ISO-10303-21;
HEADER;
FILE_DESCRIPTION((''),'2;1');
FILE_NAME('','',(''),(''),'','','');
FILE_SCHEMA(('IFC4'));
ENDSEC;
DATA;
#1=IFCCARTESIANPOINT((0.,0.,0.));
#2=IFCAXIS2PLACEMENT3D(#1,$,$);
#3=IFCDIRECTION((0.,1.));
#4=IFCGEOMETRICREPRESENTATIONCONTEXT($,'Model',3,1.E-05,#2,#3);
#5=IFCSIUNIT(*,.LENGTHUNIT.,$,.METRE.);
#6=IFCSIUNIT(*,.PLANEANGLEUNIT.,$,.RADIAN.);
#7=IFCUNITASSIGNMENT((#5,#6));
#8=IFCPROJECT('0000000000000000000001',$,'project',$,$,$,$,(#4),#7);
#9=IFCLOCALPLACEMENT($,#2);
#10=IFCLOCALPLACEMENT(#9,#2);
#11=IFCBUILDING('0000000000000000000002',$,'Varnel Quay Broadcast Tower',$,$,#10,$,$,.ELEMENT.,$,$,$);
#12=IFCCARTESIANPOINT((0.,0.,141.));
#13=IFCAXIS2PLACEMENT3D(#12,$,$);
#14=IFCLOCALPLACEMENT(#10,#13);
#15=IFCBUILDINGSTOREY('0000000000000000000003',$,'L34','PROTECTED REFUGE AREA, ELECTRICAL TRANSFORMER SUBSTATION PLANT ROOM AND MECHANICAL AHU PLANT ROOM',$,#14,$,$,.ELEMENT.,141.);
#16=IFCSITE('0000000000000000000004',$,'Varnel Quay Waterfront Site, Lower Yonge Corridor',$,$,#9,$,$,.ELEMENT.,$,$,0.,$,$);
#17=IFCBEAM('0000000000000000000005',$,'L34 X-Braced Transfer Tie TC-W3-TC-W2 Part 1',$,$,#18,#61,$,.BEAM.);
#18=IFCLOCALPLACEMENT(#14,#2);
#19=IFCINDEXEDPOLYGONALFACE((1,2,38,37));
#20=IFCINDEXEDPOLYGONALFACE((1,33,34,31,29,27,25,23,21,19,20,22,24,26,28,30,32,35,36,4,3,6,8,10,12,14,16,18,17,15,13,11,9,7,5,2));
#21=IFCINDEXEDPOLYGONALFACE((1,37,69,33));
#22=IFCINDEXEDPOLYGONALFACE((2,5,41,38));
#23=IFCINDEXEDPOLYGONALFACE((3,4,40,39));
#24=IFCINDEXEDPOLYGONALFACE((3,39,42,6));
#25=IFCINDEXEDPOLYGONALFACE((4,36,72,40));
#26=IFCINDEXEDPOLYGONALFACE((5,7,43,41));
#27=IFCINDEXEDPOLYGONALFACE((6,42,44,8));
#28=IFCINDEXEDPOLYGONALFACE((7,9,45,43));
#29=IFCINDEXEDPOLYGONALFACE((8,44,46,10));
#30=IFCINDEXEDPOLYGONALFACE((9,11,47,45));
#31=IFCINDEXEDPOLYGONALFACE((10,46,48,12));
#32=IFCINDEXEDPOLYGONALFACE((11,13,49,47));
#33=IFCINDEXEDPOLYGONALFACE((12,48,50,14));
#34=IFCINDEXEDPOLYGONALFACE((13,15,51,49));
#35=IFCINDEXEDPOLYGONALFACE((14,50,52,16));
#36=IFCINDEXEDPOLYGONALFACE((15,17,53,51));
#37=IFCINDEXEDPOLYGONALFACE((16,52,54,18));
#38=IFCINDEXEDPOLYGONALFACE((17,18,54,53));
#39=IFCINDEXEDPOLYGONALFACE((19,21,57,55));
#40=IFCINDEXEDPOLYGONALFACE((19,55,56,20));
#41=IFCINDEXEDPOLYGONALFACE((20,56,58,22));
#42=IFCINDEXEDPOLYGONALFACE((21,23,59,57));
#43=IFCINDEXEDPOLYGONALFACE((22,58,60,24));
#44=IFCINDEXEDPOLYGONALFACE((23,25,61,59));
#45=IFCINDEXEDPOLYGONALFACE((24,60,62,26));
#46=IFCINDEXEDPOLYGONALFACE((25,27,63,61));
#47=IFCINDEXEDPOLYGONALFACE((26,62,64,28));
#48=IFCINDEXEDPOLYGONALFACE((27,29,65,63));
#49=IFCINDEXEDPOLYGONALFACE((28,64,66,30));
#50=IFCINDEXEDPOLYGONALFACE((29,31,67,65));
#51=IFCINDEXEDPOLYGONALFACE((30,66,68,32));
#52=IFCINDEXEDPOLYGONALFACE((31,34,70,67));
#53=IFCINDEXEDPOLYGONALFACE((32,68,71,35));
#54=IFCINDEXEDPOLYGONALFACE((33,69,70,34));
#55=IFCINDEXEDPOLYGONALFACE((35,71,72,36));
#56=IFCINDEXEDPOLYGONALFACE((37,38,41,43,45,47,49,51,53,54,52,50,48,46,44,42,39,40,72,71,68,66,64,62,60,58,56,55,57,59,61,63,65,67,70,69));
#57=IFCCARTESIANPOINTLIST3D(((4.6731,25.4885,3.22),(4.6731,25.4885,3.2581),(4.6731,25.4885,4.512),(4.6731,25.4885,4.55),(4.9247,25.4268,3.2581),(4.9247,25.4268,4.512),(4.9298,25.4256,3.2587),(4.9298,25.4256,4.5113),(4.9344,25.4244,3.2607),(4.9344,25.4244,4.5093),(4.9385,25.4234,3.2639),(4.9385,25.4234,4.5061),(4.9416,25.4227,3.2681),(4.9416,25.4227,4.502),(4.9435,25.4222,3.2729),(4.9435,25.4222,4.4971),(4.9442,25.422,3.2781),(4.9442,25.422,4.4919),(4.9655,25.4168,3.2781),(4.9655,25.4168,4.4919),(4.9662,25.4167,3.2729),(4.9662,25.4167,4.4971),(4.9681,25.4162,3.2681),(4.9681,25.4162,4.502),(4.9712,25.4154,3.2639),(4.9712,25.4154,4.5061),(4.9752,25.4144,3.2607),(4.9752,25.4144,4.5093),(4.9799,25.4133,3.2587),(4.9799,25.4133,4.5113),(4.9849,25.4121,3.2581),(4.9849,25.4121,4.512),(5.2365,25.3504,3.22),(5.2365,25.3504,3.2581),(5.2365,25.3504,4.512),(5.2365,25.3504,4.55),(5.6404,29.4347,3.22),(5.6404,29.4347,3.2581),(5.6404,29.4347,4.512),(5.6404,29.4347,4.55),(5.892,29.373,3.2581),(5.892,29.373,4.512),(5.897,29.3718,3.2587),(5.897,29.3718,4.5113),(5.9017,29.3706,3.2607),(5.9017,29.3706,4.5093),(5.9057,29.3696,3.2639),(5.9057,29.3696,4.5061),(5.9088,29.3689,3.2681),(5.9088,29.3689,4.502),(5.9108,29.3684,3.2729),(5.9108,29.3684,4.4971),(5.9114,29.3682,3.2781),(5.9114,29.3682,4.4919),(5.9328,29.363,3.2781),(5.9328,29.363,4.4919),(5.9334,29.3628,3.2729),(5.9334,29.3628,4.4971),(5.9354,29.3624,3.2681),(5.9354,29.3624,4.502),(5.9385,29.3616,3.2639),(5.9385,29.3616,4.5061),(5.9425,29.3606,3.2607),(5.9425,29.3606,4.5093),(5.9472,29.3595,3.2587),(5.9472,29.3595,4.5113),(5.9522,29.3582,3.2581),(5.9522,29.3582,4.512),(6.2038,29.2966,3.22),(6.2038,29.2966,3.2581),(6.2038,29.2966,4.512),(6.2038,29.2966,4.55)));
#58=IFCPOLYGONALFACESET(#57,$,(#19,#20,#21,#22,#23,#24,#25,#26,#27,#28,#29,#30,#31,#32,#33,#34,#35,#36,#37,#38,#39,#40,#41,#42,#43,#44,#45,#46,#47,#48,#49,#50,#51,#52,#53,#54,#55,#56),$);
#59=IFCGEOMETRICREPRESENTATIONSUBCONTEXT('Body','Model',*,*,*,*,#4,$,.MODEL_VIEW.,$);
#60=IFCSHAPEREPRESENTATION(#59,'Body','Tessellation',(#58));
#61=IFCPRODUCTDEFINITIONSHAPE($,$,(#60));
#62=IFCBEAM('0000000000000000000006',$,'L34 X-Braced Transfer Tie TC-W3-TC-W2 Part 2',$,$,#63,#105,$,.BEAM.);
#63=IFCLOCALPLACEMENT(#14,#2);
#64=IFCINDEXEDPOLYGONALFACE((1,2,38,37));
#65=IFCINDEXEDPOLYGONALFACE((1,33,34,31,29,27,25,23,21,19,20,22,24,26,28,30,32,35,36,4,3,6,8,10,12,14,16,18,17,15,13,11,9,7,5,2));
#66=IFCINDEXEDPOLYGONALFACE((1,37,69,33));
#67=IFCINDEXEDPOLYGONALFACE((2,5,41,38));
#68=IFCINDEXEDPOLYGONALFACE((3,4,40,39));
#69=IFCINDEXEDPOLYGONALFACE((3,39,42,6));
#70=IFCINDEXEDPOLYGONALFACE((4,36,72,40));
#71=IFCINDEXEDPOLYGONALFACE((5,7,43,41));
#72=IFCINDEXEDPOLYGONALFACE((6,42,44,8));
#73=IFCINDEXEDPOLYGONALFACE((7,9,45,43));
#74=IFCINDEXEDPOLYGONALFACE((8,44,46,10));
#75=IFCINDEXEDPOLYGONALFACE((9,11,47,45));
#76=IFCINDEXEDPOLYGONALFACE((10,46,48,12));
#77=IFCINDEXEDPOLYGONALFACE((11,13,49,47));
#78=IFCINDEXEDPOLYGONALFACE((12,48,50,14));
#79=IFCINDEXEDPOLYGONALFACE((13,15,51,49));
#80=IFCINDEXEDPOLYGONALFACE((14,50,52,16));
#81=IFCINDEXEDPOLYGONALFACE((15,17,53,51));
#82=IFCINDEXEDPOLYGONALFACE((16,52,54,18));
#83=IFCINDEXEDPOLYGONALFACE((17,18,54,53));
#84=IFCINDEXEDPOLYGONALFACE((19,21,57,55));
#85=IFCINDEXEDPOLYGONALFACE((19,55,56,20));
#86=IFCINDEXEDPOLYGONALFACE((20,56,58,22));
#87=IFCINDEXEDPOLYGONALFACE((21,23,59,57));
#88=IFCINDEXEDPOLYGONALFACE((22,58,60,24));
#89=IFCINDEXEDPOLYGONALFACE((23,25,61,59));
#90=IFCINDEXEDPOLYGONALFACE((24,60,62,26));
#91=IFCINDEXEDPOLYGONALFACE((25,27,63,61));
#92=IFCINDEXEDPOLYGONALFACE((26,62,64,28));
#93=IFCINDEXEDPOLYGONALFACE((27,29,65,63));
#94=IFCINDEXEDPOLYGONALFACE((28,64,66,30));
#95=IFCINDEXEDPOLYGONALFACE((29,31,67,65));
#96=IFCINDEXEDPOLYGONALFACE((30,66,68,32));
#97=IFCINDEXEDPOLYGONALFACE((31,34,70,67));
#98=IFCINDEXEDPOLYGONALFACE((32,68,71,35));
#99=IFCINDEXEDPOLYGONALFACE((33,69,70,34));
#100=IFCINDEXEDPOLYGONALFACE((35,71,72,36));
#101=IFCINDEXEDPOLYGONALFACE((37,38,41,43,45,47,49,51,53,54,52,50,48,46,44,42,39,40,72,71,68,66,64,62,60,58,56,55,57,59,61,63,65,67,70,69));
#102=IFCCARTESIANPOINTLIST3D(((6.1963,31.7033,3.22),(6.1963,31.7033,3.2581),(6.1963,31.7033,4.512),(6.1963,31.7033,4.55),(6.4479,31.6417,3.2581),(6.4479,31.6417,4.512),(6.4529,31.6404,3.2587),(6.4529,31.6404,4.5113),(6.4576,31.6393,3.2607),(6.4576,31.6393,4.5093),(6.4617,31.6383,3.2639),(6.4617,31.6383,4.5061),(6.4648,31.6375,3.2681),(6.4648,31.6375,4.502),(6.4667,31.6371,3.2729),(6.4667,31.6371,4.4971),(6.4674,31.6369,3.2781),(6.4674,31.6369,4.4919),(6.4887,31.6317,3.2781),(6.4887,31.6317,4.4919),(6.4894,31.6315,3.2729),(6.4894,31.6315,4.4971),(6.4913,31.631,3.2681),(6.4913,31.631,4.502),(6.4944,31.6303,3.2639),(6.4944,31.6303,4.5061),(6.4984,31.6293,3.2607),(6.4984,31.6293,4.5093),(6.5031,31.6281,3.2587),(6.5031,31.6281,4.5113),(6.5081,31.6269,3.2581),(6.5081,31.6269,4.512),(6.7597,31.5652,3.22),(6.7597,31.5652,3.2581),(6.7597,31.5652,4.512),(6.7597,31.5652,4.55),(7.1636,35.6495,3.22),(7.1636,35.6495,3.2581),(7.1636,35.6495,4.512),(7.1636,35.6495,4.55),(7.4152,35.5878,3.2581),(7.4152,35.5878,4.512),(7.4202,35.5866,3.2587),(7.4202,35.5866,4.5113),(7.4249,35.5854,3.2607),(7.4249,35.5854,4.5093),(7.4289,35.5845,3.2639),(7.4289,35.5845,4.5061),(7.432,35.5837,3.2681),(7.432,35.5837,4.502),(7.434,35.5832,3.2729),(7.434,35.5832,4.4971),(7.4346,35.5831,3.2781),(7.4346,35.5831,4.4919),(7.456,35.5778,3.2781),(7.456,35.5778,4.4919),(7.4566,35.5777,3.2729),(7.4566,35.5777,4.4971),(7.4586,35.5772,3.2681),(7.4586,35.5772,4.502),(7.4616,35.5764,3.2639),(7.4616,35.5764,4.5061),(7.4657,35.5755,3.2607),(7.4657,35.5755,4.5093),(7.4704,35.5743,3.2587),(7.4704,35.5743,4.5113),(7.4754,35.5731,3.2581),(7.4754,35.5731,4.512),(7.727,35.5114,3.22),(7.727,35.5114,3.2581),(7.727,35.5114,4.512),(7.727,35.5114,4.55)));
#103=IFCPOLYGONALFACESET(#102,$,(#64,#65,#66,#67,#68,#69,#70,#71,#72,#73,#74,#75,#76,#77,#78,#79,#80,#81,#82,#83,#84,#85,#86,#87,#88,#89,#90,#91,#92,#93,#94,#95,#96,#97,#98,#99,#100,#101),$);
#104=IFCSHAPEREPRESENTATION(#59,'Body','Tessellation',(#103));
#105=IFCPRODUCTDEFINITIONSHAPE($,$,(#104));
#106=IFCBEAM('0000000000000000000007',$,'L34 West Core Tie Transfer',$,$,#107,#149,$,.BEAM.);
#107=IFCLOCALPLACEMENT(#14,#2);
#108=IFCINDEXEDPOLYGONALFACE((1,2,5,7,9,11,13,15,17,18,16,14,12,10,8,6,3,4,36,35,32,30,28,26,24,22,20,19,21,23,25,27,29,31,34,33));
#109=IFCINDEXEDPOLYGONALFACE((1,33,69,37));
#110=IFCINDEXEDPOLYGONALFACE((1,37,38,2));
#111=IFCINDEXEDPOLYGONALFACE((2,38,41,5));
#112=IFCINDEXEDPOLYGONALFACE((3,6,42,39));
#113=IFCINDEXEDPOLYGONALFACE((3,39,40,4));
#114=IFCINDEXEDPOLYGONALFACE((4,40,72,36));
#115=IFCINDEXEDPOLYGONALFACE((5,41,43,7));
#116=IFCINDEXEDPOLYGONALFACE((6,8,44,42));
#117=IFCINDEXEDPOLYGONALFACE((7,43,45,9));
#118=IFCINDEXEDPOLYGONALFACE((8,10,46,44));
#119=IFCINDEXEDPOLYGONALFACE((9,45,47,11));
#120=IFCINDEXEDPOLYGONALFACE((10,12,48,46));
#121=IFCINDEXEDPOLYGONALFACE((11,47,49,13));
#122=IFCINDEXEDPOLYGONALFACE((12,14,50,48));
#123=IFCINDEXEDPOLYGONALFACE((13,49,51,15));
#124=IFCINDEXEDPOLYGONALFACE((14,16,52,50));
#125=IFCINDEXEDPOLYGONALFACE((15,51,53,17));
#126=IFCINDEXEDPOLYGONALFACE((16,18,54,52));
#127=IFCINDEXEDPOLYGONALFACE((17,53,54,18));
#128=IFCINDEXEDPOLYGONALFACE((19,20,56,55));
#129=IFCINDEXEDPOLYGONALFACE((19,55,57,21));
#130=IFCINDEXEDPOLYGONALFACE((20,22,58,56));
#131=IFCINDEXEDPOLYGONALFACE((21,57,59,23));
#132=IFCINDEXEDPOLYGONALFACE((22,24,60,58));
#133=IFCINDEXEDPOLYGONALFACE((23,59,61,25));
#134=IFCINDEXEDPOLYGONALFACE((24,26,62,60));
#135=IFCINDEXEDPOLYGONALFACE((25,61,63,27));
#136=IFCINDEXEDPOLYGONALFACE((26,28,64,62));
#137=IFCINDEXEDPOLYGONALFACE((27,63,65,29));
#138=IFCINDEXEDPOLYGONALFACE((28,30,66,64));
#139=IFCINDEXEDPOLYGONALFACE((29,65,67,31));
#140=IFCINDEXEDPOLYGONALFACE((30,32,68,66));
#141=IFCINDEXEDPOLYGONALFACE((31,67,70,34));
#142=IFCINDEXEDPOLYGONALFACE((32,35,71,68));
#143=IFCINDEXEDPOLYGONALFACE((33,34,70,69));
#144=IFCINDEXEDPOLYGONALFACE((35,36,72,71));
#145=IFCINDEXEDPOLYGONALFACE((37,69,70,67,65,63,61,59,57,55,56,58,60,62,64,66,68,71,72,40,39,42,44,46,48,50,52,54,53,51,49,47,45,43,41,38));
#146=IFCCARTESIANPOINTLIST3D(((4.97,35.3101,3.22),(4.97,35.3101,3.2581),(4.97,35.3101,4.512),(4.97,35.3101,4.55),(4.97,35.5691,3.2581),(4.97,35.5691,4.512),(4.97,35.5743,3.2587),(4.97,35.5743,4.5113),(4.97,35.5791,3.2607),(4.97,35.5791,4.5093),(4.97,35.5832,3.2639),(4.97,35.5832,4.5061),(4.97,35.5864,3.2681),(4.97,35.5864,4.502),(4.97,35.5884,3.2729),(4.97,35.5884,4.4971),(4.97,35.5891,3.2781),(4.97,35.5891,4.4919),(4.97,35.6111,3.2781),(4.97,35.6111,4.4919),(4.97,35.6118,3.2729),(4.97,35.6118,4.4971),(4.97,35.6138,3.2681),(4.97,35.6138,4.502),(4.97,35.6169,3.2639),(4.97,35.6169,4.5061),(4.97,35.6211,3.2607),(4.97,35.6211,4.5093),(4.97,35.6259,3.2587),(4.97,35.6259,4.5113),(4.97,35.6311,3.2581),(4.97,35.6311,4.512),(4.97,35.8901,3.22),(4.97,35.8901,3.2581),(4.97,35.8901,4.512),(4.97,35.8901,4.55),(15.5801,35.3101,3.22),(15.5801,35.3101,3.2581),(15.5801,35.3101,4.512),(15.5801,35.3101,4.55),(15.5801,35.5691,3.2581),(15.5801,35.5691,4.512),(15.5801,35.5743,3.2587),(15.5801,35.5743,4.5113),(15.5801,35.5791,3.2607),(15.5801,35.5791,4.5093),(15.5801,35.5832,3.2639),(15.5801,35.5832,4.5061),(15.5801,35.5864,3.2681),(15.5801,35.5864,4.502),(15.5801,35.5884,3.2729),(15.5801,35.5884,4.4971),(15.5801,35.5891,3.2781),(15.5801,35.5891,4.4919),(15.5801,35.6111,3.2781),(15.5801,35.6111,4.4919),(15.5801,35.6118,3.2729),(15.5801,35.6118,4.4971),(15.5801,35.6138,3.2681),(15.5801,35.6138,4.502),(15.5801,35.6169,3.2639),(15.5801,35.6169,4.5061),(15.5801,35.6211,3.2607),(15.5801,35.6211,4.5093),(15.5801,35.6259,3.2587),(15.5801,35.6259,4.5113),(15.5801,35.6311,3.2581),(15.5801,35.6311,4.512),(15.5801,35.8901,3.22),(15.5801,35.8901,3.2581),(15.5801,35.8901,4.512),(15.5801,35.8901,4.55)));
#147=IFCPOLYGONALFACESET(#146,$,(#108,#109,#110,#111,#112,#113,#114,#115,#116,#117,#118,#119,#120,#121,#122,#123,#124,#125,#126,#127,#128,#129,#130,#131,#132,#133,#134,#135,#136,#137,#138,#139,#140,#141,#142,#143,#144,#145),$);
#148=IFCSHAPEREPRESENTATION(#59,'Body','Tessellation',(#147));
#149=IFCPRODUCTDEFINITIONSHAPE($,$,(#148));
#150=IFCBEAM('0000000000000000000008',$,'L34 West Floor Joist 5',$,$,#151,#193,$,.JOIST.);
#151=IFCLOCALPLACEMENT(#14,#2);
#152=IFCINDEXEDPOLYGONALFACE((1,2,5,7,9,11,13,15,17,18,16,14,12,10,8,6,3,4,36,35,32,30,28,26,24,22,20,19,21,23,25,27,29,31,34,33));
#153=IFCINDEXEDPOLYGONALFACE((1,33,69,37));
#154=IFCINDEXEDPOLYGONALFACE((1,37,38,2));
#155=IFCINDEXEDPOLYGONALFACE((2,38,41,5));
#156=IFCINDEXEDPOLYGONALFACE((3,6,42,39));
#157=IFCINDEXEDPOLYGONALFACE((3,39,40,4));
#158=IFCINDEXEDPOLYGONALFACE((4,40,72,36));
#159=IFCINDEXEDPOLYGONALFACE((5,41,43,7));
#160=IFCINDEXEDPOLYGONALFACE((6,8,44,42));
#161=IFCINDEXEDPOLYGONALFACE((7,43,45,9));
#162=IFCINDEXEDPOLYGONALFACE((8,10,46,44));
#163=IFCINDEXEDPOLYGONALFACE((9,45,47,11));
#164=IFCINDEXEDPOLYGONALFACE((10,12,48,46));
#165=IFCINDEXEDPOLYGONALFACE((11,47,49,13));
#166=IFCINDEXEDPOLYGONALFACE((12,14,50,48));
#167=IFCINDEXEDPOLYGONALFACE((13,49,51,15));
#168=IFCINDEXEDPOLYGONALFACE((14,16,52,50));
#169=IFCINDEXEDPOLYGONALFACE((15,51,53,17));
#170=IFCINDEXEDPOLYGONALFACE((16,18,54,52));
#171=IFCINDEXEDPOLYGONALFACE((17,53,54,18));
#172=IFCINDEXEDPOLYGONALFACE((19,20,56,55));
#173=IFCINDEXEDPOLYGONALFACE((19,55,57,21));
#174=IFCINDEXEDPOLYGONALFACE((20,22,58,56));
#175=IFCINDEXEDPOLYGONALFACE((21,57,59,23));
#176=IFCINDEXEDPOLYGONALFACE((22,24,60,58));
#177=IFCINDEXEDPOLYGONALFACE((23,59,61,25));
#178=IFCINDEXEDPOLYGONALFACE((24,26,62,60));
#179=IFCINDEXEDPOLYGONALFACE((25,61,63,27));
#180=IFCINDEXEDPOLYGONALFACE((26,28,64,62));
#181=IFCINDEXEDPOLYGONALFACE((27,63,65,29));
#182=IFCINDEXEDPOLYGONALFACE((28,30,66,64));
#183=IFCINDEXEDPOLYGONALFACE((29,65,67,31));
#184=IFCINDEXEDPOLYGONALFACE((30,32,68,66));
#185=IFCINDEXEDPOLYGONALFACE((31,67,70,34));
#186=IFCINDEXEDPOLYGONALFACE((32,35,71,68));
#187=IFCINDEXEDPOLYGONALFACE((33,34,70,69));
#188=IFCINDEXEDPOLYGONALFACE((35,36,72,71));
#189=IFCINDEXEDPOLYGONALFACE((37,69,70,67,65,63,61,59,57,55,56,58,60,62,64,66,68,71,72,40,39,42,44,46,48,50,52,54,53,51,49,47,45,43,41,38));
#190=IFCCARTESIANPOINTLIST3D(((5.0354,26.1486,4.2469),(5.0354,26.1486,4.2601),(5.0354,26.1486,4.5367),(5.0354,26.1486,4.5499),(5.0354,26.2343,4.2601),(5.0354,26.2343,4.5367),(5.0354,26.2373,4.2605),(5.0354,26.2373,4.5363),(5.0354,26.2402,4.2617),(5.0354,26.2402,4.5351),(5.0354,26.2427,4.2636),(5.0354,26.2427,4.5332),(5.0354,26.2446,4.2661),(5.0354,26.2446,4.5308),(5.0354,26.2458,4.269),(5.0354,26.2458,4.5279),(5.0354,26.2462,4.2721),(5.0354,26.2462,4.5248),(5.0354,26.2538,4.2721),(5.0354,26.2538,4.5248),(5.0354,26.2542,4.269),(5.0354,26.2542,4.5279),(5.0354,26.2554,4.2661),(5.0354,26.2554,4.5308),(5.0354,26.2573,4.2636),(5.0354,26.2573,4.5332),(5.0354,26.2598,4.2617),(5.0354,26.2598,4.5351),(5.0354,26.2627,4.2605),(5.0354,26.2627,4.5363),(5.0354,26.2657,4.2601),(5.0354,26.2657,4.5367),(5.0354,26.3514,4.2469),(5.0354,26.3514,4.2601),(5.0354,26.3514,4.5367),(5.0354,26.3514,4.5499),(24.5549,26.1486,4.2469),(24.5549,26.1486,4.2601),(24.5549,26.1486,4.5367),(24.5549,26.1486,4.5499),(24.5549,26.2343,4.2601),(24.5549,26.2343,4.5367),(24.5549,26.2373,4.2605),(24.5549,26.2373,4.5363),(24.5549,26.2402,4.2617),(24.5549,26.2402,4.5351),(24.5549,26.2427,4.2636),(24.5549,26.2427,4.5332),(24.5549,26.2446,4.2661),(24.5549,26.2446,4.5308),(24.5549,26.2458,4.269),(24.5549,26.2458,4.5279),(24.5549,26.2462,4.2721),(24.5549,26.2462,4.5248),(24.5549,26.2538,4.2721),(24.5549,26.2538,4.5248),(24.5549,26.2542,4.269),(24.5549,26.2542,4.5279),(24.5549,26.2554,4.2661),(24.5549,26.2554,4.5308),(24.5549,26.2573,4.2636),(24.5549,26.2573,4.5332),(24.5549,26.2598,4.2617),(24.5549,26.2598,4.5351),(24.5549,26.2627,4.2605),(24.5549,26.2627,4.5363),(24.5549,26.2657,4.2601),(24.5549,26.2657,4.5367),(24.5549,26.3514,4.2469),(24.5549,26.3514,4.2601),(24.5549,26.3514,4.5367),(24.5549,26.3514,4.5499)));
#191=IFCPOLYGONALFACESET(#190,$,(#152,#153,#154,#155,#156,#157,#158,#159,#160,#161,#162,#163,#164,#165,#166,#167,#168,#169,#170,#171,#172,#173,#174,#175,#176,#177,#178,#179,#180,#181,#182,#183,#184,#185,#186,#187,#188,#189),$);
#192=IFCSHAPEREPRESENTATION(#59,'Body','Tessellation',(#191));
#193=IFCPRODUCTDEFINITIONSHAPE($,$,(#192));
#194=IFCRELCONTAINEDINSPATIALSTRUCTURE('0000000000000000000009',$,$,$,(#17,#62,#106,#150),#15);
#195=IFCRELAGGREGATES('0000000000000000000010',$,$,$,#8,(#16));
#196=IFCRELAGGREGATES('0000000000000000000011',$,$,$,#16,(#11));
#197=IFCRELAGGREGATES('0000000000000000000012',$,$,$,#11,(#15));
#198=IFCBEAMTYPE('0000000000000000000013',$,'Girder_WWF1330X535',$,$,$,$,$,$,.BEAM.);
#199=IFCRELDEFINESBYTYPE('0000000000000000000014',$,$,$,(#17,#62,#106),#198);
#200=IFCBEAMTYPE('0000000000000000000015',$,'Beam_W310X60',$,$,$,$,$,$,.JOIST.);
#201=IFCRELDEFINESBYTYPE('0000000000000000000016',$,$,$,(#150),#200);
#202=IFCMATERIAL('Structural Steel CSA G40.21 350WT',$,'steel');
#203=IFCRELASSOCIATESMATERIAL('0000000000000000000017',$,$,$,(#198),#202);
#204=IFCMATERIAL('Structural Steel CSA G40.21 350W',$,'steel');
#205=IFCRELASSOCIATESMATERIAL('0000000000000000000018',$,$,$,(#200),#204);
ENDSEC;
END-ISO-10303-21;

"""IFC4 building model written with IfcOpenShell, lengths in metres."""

from ifc_helpers import new_model, si_unit, direction, frame, origin, origin_2d, place, context, subcontext, project, spatial, i_section, extrude, source, transform, mapped, material, material_profile, profile_set, type_object, type_shapes, element, save


model = new_model("IFC4")

# Units and contexts
model_context = context("Model", 3, precision=1e-05, world=origin(), true_north=direction((0.0, 1.0)))
body_context = subcontext(model_context, "Body", "Model", "MODEL_VIEW")
ifc_project = project(units=[si_unit("LENGTHUNIT", "METRE"), si_unit("PLANEANGLEUNIT", "RADIAN")], contexts=[model_context])

# Site, building, storey
site_placement = place(None, origin())
site = spatial("IfcSite", under=ifc_project, at=site_placement, Name="Varnel Quay Waterfront Site, Lower Yonge Corridor", CompositionType="ELEMENT", RefElevation=0.0)
building_placement = place(site_placement, origin())
building = spatial("IfcBuilding", under=site, at=building_placement, Name="Varnel Quay Broadcast Tower", CompositionType="ELEMENT")
storey_placement = place(building_placement, frame((0.0, 0.0, 141.0)))
storey = spatial("IfcBuildingStorey", under=building, at=storey_placement, Name="L34", Description="PROTECTED REFUGE AREA, ELECTRICAL TRANSFORMER SUBSTATION PLANT ROOM AND MECHANICAL AHU PLANT ROOM", CompositionType="ELEMENT", Elevation=141.0)

# Shared definitions
ifc_material_1 = material(Name="Structural Steel CSA G40.21 350W", Category="steel")

# Beams
ifc_material_2 = material(Name="Structural Steel CSA G40.21 350WT", Category="steel")
ifc_material_profile_1 = material_profile(ifc_material_2, i_section(OverallWidth=0.5801, OverallDepth=1.3301, WebThickness=0.022, FlangeThickness=0.0381, FilletRadius=0.02, at=origin_2d()), Name="WWF1330X535")
ifc_profile_set_1 = profile_set([ifc_material_profile_1], Name="Structural Steel CSA G40.21 350WT")
beam_type_1 = type_object("IfcBeamType", Name="Girder_WWF1330X535", PredefinedType="BEAM", material=ifc_profile_set_1)
shared_shape_1 = source(origin(), body_context, "Body", "SweptSolid", [
    extrude(i_section(OverallWidth=0.5801, OverallDepth=1.3301, WebThickness=0.022, FlangeThickness=0.0381, FilletRadius=0.02, at=origin_2d()), origin(), (0.0, 0.0, 1.0), 4.063),
])
for number, where, z_axis, x_axis, name in (
    (1, (4.9548, 25.4194, 3.885), (0.238065, 0.971249, 0.0), (-0.971249, 0.238065, 0.0), "L34 X-Braced Transfer Tie TC-W3-TC-W2 Part 1"),
    (2, (6.478, 31.6343, 3.885), (0.238065, 0.971249, 0.0), (-0.971249, 0.238065, 0.0), "L34 X-Braced Transfer Tie TC-W3-TC-W2 Part 2"),
):
    element("IfcBeam", number, at=place(storey_placement, frame(where, z_axis=z_axis, x_axis=x_axis)), inside=storey, type_object=beam_type_1, Name=name, PredefinedType="BEAM", context=body_context, shape_type="MappedRepresentation", body=[
        mapped(shared_shape_1, transform((0.0, 0.0, 0.0), x_axis=(1.0, 0.0, 0.0), y_axis=(0.0, 1.0, 0.0), z_axis=(0.0, 0.0, 1.0), scale=1.0)),
    ])
shared_shape_2 = source(origin(), body_context, "Body", "SweptSolid", [
    extrude(i_section(OverallWidth=0.5801, OverallDepth=1.3301, WebThickness=0.022, FlangeThickness=0.0381, FilletRadius=0.02, at=origin_2d()), origin(), (0.0, 0.0, 1.0), 10.6101),
])
beam_1_placement = place(storey_placement, frame((4.97, 35.6001, 3.885), z_axis=(1.0, 0.0, 0.0), x_axis=(0.0, 1.0, 0.0)))
element("IfcBeam", 3, at=beam_1_placement, inside=storey, type_object=beam_type_1, Name="L34 West Core Tie Transfer", PredefinedType="BEAM", context=body_context, shape_type="MappedRepresentation", body=[
    mapped(shared_shape_2, transform((0.0, 0.0, 0.0), x_axis=(1.0, 0.0, 0.0), y_axis=(0.0, 1.0, 0.0), z_axis=(0.0, 0.0, 1.0), scale=1.0)),
])
ifc_material_profile_2 = material_profile(ifc_material_1, i_section(OverallWidth=0.2029, OverallDepth=0.303, WebThickness=0.0076, FlangeThickness=0.0132, FilletRadius=0.012, at=origin_2d()), Name="W310X60")
ifc_profile_set_2 = profile_set([ifc_material_profile_2], Name="Structural Steel CSA G40.21 350W")
beam_type_2 = type_object("IfcBeamType", Name="Beam_W310X60", PredefinedType="JOIST", material=ifc_profile_set_2)
shared_shape_3 = source(origin(), body_context, "Body", "SweptSolid", [
    extrude(i_section(OverallWidth=0.2029, OverallDepth=0.303, WebThickness=0.0076, FlangeThickness=0.0132, FilletRadius=0.012, at=origin_2d()), origin(), (0.0, 0.0, 1.0), 19.5195),
])
type_shapes(beam_type_2, [shared_shape_3])
beam_2_placement = place(storey_placement, frame((5.0354, 26.25, 4.3984), z_axis=(1.0, 0.0, 0.0), x_axis=(0.0, 1.0, 0.0)))
element("IfcBeam", 4, at=beam_2_placement, inside=storey, type_object=beam_type_2, Name="L34 West Floor Joist 5", PredefinedType="JOIST", context=body_context, shape_type="MappedRepresentation", body=[
    mapped(shared_shape_3, transform((0.0, 0.0, 0.0), x_axis=(1.0, 0.0, 0.0), y_axis=(0.0, 1.0, 0.0), z_axis=(0.0, 0.0, 1.0), scale=1.0)),
])

save(model, "model.ifc")
